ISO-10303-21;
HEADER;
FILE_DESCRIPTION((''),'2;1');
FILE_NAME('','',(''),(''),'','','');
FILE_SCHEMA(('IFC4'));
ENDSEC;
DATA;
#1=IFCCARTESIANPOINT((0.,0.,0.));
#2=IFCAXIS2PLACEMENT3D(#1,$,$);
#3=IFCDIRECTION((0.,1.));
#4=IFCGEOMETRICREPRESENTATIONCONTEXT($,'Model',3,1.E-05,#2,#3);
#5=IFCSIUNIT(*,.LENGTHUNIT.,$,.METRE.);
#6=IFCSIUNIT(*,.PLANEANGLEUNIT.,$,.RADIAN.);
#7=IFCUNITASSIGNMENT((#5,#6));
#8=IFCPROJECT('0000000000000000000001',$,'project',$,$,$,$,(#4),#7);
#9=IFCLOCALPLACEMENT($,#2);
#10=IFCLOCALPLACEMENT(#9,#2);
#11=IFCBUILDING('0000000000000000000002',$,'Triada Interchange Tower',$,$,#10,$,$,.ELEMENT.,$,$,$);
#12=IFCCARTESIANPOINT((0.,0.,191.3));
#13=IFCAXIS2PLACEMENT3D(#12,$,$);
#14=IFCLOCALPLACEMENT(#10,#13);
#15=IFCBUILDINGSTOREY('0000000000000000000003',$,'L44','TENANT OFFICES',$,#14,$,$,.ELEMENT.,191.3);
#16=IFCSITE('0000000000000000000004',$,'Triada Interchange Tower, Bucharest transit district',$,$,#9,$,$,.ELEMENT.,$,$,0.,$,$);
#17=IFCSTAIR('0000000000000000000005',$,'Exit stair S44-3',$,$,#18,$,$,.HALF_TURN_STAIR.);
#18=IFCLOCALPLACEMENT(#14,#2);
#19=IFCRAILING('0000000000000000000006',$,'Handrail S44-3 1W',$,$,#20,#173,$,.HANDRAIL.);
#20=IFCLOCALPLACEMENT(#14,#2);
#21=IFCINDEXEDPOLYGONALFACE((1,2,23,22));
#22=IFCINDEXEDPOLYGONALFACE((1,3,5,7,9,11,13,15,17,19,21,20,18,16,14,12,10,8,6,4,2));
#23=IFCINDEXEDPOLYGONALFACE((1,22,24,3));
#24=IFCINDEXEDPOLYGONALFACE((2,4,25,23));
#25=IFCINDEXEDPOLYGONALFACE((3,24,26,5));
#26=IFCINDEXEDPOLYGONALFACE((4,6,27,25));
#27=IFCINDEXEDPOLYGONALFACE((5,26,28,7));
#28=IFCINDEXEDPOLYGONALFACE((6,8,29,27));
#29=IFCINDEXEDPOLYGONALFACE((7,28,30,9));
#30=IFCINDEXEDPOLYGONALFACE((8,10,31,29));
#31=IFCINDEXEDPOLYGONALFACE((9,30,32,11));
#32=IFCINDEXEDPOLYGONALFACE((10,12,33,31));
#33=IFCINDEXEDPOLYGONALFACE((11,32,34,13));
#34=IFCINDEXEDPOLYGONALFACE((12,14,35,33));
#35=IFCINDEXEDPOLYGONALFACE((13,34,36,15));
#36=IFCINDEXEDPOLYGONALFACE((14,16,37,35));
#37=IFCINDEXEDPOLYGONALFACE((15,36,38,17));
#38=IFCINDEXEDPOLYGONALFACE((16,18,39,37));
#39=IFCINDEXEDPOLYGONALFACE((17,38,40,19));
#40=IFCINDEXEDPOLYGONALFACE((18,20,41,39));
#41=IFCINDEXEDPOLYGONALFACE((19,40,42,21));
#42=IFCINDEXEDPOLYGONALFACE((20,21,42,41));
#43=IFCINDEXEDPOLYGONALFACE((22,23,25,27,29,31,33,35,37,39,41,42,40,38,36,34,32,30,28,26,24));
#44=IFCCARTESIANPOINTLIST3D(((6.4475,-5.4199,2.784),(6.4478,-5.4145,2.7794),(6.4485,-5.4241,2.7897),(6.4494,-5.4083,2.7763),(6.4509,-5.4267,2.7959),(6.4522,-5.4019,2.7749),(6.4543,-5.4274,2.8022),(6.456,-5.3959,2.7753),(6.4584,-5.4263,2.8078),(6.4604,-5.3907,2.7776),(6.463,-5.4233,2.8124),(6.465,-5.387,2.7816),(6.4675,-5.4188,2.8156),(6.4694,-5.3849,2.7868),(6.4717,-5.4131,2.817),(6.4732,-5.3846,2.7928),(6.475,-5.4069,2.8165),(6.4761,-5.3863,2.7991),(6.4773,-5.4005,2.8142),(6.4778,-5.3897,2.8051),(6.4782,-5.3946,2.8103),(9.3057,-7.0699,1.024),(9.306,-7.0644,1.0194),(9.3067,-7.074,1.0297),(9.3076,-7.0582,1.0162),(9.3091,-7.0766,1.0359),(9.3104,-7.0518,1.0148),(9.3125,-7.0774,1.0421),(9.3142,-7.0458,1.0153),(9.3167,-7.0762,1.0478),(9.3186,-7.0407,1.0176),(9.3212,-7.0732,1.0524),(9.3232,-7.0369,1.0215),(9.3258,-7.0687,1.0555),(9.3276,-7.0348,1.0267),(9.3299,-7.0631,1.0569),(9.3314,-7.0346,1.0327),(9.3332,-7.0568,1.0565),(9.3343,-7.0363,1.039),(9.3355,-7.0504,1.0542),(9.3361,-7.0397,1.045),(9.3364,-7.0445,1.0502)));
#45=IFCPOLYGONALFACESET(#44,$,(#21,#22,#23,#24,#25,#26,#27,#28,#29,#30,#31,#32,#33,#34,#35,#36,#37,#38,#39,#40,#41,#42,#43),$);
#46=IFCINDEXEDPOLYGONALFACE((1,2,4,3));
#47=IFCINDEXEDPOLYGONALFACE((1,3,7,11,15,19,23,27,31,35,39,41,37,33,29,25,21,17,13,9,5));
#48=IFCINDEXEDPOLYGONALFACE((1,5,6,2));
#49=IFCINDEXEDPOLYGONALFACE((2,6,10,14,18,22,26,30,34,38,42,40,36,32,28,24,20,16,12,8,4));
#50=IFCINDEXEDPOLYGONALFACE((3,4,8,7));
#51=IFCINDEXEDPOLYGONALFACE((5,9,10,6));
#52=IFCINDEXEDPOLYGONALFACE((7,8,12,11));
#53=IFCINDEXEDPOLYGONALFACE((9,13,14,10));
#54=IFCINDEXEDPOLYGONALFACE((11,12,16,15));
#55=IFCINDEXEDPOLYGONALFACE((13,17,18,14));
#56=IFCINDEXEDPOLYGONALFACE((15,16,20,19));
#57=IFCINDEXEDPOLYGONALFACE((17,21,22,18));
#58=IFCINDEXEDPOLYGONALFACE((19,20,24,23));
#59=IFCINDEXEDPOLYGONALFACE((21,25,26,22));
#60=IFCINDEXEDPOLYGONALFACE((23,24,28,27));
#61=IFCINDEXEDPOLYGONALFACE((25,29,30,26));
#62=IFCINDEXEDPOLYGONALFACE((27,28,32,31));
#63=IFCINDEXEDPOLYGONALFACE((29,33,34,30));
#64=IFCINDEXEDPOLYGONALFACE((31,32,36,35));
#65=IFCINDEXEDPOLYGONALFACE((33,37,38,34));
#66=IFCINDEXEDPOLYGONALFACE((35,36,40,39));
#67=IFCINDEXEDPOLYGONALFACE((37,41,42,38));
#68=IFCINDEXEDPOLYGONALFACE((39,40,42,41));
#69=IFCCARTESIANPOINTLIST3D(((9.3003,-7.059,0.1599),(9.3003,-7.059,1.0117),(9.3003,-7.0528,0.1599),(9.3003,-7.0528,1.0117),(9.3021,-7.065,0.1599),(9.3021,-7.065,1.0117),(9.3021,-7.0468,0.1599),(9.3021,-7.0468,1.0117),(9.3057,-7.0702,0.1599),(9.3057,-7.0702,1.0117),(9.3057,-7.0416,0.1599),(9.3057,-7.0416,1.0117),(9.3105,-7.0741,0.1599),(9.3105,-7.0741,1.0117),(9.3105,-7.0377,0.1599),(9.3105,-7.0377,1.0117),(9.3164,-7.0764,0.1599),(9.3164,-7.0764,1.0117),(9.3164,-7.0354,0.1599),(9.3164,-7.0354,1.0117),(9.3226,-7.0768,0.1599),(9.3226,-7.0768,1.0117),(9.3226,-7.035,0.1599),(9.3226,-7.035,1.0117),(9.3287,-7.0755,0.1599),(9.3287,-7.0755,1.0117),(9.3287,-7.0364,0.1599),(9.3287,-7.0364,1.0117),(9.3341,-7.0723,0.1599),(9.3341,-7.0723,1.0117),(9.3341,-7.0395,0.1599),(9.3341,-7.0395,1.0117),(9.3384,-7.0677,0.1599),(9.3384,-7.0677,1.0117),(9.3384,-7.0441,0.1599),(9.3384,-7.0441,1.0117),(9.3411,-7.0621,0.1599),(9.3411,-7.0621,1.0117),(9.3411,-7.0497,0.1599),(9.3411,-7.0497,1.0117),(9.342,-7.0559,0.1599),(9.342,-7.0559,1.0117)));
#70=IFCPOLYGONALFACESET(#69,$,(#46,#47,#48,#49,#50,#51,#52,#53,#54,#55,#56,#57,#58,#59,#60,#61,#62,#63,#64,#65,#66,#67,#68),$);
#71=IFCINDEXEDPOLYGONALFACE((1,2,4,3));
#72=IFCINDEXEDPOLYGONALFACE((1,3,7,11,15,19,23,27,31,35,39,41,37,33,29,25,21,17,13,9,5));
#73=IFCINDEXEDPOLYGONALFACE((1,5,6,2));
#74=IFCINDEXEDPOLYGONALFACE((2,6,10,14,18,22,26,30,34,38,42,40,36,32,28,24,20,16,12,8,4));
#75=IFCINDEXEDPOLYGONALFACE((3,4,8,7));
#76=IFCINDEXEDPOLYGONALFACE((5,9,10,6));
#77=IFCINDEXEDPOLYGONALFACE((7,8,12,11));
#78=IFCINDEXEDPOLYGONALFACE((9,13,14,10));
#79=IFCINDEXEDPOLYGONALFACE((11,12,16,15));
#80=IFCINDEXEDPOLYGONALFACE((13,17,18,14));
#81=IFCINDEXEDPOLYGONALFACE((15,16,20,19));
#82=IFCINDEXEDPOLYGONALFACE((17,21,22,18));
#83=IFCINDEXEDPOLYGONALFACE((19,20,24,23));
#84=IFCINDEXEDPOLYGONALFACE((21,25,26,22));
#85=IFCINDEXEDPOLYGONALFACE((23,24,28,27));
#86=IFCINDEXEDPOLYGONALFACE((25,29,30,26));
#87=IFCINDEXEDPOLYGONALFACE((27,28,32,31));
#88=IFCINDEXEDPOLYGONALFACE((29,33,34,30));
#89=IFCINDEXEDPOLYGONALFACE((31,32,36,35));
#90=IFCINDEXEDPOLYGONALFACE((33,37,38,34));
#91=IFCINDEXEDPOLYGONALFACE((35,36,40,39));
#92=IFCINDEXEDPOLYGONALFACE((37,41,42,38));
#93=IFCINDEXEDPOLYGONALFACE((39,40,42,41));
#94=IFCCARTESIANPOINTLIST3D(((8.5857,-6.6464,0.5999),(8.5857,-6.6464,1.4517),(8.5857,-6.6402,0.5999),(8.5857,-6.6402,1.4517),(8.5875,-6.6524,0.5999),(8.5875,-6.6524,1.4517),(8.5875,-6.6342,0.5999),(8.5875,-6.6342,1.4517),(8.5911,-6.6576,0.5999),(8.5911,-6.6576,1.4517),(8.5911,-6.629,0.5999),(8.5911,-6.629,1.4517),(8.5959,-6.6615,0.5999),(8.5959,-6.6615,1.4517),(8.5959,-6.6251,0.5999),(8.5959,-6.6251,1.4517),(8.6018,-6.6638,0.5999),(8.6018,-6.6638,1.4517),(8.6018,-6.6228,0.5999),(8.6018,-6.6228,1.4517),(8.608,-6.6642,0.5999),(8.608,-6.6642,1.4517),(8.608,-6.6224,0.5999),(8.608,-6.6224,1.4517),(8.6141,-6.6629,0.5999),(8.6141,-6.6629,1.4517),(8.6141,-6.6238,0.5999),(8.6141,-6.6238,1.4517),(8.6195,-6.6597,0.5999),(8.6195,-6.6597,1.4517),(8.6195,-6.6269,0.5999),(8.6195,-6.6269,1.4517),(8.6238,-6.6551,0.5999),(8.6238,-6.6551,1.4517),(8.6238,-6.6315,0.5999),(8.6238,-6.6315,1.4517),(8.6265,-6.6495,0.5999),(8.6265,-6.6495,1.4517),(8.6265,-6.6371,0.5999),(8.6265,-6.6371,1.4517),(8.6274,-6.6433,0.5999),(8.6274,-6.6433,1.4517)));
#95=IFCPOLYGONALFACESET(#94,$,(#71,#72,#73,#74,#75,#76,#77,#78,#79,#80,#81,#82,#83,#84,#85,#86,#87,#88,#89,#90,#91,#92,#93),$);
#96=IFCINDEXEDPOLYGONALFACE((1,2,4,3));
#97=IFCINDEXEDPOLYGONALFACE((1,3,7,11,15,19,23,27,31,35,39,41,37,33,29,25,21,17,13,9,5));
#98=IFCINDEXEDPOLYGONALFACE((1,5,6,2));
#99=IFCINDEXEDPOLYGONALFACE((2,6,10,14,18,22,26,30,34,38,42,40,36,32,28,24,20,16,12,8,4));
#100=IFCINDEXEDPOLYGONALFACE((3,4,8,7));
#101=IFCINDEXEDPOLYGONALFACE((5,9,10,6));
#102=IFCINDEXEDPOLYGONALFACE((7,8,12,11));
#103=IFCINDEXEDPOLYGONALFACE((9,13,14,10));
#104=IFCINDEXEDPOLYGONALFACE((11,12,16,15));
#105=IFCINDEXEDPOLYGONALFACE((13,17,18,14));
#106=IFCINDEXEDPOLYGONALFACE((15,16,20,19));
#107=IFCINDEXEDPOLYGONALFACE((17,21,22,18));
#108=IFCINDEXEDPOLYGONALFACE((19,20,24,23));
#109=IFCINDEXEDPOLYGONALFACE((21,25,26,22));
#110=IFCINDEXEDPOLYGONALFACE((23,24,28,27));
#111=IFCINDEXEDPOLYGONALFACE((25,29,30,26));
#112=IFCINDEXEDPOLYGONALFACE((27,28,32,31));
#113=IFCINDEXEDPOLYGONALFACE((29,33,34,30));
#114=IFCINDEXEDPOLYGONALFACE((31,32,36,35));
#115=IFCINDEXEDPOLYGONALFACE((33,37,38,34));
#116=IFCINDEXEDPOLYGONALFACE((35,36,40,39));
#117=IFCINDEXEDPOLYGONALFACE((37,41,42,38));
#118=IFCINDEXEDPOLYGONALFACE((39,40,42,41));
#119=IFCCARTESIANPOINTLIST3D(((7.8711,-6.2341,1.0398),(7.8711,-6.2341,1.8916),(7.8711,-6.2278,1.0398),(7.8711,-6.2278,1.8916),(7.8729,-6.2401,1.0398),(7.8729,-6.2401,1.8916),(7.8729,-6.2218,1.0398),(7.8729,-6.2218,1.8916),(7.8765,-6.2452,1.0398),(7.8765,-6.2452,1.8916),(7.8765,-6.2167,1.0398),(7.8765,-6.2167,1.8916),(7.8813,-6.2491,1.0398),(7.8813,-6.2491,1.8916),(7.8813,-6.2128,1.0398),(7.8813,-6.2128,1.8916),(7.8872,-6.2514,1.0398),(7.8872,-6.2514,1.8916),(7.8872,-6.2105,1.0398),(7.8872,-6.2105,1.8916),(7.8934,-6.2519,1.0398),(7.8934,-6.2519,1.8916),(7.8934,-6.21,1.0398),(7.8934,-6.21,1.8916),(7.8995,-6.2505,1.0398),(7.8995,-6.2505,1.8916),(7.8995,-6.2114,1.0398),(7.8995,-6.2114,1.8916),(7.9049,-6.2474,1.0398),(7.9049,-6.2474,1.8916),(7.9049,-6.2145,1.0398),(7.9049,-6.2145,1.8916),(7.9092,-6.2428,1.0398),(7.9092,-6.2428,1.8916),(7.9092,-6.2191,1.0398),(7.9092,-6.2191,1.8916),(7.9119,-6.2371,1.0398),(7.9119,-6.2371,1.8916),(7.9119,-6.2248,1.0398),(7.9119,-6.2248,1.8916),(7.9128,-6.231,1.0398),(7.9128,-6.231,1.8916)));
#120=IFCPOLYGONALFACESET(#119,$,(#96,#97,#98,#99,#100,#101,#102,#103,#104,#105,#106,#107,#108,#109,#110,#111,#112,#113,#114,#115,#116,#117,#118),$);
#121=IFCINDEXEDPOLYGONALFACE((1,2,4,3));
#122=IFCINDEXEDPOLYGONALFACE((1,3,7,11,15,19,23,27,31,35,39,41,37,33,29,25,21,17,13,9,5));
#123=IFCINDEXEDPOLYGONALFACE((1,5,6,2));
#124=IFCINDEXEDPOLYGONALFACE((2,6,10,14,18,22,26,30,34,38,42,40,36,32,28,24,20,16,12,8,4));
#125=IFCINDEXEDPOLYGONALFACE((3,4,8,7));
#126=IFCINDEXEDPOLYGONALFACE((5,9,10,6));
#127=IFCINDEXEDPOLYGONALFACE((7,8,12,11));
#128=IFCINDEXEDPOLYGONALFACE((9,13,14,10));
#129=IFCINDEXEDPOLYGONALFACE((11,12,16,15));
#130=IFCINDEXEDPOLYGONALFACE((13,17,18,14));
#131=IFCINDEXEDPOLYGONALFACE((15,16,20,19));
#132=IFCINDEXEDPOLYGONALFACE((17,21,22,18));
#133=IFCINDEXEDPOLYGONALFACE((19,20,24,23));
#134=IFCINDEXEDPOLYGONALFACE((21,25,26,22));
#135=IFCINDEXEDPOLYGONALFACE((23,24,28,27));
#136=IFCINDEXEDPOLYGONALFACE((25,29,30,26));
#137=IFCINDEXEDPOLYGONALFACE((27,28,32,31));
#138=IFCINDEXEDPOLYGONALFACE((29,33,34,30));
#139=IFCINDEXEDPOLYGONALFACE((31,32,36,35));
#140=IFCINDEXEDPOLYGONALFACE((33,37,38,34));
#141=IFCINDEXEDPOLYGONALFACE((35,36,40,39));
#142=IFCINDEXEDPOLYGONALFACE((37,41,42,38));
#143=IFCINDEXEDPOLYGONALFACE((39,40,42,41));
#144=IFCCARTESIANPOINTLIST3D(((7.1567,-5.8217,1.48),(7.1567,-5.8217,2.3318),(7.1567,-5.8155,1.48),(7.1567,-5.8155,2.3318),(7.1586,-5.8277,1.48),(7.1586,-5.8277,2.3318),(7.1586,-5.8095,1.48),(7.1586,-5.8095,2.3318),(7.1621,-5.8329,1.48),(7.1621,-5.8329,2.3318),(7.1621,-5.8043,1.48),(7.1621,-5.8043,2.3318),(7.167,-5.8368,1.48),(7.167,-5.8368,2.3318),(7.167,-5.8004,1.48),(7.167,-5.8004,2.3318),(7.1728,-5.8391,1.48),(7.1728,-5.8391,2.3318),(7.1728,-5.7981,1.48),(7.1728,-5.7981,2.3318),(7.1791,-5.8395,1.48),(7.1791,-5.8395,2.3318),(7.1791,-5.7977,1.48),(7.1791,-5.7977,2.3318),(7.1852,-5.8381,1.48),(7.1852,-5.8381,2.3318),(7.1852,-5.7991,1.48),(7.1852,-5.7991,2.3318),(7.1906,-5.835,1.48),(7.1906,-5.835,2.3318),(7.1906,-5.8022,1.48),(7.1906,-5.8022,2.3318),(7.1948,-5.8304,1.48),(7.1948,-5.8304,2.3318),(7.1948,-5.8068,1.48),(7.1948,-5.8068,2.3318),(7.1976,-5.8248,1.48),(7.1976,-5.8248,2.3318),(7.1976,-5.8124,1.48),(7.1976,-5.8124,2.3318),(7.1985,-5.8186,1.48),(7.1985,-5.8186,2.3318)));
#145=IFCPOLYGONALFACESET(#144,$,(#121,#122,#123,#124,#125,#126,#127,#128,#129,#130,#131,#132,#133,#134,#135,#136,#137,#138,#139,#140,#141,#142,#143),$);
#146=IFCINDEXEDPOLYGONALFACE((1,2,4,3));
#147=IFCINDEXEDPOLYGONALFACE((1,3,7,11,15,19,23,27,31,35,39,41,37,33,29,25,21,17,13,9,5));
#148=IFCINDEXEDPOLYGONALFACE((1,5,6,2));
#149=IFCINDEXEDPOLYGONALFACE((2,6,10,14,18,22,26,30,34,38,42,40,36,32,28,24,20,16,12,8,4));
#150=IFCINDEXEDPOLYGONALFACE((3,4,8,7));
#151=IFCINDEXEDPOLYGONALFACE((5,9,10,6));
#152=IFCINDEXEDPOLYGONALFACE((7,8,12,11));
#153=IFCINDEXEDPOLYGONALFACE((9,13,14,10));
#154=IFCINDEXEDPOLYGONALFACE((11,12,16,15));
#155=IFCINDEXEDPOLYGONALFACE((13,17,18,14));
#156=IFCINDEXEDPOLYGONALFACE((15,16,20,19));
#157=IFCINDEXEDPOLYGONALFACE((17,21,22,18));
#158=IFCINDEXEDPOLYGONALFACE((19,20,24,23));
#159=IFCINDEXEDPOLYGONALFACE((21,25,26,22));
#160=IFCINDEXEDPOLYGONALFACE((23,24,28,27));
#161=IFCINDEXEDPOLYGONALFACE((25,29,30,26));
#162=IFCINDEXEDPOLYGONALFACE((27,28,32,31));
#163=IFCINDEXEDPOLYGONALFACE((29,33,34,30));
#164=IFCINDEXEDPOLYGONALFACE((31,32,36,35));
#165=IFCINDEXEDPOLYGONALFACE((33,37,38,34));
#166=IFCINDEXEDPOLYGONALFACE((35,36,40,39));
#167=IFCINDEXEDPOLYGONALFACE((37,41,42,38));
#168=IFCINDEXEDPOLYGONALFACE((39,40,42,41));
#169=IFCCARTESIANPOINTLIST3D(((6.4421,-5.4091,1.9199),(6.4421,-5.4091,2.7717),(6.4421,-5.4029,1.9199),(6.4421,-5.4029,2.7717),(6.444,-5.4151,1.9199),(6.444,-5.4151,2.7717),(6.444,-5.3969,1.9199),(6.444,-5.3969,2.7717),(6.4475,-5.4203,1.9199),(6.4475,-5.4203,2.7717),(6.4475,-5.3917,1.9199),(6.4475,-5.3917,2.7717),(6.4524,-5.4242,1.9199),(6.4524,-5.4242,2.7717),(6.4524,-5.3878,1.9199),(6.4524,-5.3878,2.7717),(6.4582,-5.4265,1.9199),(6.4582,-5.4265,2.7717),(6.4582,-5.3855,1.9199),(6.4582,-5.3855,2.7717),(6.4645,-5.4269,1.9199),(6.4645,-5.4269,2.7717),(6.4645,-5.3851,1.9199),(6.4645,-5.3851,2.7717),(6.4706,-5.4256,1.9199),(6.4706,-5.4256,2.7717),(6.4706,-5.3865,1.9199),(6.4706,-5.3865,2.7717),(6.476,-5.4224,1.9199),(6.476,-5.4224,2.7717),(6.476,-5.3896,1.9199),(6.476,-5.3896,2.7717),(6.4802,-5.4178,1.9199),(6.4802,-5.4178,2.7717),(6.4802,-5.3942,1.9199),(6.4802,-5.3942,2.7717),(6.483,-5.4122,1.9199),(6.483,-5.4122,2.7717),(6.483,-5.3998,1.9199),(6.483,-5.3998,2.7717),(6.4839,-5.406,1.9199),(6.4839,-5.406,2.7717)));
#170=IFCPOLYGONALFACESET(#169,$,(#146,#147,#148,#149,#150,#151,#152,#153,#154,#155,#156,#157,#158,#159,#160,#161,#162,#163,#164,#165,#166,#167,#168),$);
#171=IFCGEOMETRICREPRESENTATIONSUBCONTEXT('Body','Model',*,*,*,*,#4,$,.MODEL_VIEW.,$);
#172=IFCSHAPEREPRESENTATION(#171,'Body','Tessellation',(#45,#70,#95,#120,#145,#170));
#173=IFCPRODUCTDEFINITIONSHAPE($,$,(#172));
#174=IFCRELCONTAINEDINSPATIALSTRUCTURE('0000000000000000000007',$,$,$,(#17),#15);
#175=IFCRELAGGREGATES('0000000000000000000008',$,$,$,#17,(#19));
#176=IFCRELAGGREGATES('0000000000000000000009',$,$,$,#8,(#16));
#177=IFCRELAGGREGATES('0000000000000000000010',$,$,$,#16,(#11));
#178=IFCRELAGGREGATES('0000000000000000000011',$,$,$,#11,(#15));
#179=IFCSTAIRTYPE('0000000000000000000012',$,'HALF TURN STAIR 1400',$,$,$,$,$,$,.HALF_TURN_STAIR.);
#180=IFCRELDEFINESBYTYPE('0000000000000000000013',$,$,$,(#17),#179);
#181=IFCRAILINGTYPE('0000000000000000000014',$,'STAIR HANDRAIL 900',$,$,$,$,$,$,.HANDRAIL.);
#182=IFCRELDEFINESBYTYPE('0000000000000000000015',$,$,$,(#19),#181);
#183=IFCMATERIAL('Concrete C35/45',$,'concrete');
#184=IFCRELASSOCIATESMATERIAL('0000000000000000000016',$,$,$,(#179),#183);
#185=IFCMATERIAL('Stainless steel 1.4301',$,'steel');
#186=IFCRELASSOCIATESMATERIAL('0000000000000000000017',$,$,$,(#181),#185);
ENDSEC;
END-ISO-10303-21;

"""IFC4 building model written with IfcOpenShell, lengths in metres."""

from ifc_helpers import new_model, si_unit, direction, frame, origin, origin_2d, place, context, subcontext, project, spatial, circle, extrude, material, type_object, element, aggregate, save


model = new_model("IFC4")

# Units and contexts
model_context = context("Model", 3, precision=1e-05, world=origin(), true_north=direction((0.0, 1.0)))
body_context = subcontext(model_context, "Body", "Model", "MODEL_VIEW")
ifc_project = project(units=[si_unit("LENGTHUNIT", "METRE"), si_unit("PLANEANGLEUNIT", "RADIAN")], contexts=[model_context])

# Site, building, storey
site_placement = place(None, origin())
site = spatial("IfcSite", under=ifc_project, at=site_placement, Name="Triada Interchange Tower, Bucharest transit district", CompositionType="ELEMENT", RefElevation=0.0)
building_placement = place(site_placement, origin())
building = spatial("IfcBuilding", under=site, at=building_placement, Name="Triada Interchange Tower", CompositionType="ELEMENT")
storey_placement = place(building_placement, frame((0.0, 0.0, 191.3)))
storey = spatial("IfcBuildingStorey", under=building, at=storey_placement, Name="L44", Description="TENANT OFFICES", CompositionType="ELEMENT", Elevation=191.3)

# Stair, railing
ifc_material_1 = material(Name="Concrete C35/45", Category="concrete")
stair_type = type_object("IfcStairType", Name="HALF TURN STAIR 1400", PredefinedType="HALF_TURN_STAIR", material=ifc_material_1)
stair_placement = place(storey_placement, origin())
stair = element("IfcStair", 1, at=stair_placement, inside=storey, type_object=stair_type, Name="Exit stair S44-3", PredefinedType="HALF_TURN_STAIR")
ifc_material_2 = material(Name="Stainless steel 1.4301", Category="steel")
railing_type = type_object("IfcRailingType", Name="STAIR HANDRAIL 900", PredefinedType="HANDRAIL", material=ifc_material_2)
railing_1_placement = place(storey_placement, frame((9.321, -7.0559, 0.1599)))
railing_1 = element("IfcRailing", 2, at=railing_1_placement, type_object=railing_type, Name="Handrail S44-3 1W", PredefinedType="HANDRAIL", context=body_context, shape_type="SweptSolid", body=[
    extrude(circle(Radius=0.0239, at=origin_2d()), frame((0.0, 0.0, 0.876), z_axis=(-0.764178, 0.441131, 0.47057), x_axis=(-0.499942, -0.866059, 0.0)), (0.0, 0.0, 1.0), 3.7402),
    extrude(circle(Radius=0.021, at=origin_2d()), origin(), (0.0, 0.0, 1.0), 0.8518),
    extrude(circle(Radius=0.021, at=origin_2d()), frame((-0.7146, 0.4126, 0.4399)), (0.0, 0.0, 1.0), 0.8518),
    extrude(circle(Radius=0.021, at=origin_2d()), frame((-1.4292, 0.825, 0.8799)), (0.0, 0.0, 1.0), 0.8518),
    extrude(circle(Radius=0.021, at=origin_2d()), frame((-2.1436, 1.2373, 1.3201)), (0.0, 0.0, 1.0), 0.8518),
    extrude(circle(Radius=0.021, at=origin_2d()), frame((-2.8582, 1.6499, 1.76)), (0.0, 0.0, 1.0), 0.8518),
])
aggregate(stair, [railing_1])

save(model, "model.ifc")
